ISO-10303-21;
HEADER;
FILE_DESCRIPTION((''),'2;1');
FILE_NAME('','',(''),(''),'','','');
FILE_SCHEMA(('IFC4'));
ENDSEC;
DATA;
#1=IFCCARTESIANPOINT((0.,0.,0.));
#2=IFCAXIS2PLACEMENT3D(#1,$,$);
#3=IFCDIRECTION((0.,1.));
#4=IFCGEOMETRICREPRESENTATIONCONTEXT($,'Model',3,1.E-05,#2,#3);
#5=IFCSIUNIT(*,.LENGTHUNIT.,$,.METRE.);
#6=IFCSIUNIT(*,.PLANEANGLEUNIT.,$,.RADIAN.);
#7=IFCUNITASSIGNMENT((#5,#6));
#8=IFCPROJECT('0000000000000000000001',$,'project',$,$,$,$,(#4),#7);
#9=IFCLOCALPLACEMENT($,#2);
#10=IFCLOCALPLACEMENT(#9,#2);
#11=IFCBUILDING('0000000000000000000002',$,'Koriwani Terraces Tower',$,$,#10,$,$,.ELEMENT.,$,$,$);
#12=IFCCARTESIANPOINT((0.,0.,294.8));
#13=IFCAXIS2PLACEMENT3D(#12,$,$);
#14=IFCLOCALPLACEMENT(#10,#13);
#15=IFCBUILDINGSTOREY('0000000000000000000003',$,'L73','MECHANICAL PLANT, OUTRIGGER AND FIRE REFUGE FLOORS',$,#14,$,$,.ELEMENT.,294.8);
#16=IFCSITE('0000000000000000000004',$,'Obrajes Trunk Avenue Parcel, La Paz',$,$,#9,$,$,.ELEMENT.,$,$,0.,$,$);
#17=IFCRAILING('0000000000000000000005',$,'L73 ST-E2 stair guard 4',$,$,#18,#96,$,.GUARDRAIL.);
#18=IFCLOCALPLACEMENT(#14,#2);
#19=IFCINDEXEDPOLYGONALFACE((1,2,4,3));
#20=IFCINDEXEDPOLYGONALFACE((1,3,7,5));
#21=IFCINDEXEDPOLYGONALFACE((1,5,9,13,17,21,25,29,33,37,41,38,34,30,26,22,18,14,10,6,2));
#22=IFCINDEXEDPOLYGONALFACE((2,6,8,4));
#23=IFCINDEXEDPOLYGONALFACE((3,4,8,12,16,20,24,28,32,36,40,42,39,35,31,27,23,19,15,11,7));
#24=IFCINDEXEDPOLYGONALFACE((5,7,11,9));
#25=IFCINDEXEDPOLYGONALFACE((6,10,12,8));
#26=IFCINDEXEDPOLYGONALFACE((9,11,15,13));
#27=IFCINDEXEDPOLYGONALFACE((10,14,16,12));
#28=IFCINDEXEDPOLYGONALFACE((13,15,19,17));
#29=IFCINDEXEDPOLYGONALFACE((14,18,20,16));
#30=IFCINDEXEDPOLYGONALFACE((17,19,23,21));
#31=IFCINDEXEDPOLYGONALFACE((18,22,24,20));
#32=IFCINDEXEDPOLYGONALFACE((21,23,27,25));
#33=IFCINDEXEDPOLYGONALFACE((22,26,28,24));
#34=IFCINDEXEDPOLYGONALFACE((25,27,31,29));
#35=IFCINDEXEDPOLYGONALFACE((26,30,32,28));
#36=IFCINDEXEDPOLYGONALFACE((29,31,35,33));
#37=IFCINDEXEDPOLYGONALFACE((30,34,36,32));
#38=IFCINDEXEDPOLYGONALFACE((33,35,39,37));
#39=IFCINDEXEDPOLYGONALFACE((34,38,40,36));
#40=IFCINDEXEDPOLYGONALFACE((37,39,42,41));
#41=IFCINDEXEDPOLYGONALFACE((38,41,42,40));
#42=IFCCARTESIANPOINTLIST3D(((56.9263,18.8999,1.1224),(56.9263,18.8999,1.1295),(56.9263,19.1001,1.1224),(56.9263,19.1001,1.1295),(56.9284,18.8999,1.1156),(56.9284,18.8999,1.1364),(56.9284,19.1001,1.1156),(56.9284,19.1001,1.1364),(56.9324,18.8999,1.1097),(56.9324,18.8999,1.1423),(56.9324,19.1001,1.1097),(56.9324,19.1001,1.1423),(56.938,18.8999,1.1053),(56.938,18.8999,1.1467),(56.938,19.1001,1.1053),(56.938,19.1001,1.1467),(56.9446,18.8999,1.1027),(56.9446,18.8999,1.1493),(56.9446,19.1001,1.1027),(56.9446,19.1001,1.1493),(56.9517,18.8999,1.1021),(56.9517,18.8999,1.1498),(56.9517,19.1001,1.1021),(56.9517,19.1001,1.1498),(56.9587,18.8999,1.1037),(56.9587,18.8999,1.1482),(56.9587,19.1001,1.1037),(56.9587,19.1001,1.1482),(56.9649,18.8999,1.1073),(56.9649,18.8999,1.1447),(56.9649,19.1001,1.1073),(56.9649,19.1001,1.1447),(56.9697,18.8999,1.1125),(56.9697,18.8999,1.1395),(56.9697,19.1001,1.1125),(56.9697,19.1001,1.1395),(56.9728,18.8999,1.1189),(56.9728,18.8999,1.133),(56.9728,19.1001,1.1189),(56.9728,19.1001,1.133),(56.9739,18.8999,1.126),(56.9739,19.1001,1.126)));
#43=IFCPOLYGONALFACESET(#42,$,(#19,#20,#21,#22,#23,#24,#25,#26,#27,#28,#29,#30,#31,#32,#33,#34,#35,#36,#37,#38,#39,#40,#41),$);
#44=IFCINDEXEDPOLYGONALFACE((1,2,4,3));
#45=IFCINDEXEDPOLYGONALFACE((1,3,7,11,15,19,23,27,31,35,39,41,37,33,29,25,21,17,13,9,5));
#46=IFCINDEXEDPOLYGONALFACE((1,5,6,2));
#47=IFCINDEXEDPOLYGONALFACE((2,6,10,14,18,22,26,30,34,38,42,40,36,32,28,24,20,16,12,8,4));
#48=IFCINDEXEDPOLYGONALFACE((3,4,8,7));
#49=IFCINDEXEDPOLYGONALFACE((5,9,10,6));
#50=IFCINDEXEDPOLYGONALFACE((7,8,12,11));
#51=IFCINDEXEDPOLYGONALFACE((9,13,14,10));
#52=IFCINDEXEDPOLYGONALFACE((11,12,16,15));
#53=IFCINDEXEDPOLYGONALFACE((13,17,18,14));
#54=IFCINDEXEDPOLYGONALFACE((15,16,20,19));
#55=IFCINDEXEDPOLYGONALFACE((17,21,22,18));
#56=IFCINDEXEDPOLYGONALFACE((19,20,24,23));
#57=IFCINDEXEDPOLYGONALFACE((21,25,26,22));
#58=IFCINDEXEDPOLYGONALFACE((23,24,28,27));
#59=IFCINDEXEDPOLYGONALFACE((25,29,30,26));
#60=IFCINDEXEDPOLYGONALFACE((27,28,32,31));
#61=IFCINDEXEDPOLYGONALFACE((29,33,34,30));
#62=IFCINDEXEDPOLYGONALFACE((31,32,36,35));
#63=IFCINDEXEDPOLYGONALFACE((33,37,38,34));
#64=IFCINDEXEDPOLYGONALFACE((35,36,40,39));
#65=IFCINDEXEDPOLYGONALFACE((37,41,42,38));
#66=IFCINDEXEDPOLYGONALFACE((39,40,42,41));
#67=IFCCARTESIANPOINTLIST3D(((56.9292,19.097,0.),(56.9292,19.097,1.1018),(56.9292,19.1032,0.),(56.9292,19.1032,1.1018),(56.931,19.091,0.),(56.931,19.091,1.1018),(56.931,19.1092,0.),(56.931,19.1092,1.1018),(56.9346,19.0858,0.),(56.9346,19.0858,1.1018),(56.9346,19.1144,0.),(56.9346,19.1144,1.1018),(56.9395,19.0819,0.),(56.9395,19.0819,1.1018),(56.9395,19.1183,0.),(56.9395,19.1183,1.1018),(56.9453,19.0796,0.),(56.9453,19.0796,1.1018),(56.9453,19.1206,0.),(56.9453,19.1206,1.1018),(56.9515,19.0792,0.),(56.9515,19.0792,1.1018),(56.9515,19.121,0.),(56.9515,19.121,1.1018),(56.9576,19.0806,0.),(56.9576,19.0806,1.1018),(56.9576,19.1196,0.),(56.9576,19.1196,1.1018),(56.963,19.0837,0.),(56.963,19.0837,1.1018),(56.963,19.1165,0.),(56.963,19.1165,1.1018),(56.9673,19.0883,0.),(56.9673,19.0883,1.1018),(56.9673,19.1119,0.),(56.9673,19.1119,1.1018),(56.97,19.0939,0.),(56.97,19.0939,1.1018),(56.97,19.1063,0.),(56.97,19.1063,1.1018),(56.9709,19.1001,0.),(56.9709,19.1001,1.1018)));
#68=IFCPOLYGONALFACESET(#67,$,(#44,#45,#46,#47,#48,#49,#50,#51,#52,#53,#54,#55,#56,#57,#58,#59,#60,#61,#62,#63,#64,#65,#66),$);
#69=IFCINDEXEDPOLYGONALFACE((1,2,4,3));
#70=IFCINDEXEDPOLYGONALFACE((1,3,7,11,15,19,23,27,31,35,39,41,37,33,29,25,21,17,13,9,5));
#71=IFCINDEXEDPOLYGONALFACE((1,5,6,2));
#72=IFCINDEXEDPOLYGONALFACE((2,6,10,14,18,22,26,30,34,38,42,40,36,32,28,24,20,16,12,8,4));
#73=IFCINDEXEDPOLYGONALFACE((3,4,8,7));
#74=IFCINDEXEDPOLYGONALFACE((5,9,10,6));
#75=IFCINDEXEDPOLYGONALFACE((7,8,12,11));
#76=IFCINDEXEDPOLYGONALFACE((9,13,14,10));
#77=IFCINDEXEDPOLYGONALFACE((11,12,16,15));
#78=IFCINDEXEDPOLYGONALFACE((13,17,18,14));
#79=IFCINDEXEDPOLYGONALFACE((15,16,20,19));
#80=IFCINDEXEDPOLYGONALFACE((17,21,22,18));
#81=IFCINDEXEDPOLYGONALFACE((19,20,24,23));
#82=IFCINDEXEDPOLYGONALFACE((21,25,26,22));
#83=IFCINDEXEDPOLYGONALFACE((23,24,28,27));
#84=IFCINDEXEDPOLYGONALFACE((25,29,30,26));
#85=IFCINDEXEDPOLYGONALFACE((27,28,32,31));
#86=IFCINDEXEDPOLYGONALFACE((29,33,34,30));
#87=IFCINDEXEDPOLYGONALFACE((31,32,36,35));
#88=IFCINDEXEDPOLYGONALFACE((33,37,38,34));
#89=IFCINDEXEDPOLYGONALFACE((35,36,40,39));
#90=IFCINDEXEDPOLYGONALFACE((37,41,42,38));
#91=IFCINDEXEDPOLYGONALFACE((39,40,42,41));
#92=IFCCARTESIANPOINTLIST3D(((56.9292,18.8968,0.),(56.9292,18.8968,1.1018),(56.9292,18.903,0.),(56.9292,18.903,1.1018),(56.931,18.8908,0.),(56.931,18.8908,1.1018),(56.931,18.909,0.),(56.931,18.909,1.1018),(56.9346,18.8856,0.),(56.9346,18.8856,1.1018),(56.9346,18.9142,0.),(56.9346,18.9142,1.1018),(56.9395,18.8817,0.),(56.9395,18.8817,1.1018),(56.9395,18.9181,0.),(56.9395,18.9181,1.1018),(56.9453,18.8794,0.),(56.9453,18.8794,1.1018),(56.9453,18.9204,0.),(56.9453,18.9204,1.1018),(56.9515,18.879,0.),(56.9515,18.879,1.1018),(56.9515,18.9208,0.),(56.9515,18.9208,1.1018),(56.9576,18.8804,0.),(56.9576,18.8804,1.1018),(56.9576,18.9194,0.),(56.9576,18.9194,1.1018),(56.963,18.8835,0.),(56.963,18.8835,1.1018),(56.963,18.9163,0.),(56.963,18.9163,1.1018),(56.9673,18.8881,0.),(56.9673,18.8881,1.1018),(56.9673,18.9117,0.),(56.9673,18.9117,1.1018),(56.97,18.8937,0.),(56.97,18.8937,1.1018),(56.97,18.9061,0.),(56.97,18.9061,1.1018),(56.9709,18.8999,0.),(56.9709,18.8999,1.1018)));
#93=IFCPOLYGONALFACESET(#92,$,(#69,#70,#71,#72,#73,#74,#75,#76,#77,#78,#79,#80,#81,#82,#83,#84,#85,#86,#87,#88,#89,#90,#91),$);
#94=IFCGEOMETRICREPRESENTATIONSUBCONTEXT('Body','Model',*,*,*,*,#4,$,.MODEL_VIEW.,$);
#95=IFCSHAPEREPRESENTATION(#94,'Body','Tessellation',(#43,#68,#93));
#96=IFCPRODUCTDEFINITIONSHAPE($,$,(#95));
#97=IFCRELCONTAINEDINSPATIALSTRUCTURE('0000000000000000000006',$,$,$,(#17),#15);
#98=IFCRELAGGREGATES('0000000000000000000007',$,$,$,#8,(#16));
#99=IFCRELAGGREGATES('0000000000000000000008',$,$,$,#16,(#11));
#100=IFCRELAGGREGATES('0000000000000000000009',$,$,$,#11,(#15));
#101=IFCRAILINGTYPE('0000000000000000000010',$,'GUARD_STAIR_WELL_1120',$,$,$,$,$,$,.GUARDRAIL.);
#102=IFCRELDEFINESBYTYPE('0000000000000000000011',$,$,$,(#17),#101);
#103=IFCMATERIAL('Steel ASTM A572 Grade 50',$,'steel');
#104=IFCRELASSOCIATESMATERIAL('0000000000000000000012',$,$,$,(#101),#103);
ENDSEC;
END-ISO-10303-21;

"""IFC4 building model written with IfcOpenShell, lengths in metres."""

from ifc_helpers import new_model, si_unit, direction, frame, origin, origin_2d, place, context, subcontext, project, spatial, circle, extrude, material, type_object, element, save


model = new_model("IFC4")

# Units and contexts
model_context = context("Model", 3, precision=1e-05, world=origin(), true_north=direction((0.0, 1.0)))
body_context = subcontext(model_context, "Body", "Model", "MODEL_VIEW")
ifc_project = project(units=[si_unit("LENGTHUNIT", "METRE"), si_unit("PLANEANGLEUNIT", "RADIAN")], contexts=[model_context])

# Site, building, storey
site_placement = place(None, origin())
site = spatial("IfcSite", under=ifc_project, at=site_placement, Name="Obrajes Trunk Avenue Parcel, La Paz", CompositionType="ELEMENT", RefElevation=0.0)
building_placement = place(site_placement, origin())
building = spatial("IfcBuilding", under=site, at=building_placement, Name="Koriwani Terraces Tower", CompositionType="ELEMENT")
storey_placement = place(building_placement, frame((0.0, 0.0, 294.8)))
storey = spatial("IfcBuildingStorey", under=building, at=storey_placement, Name="L73", Description="MECHANICAL PLANT, OUTRIGGER AND FIRE REFUGE FLOORS", CompositionType="ELEMENT", Elevation=294.8)

# Shared definitions
ifc_material_1 = material(Name="Steel ASTM A572 Grade 50", Category="steel")

# Railing
railing_type_1 = type_object("IfcRailingType", Name="GUARD_STAIR_WELL_1120", PredefinedType="GUARDRAIL", material=ifc_material_1)
railing_1_placement = place(storey_placement, frame((56.95, 19.1001, 0.0)))
element("IfcRailing", 1, at=railing_1_placement, inside=storey, type_object=railing_type_1, Name="L73 ST-E2 stair guard 4", PredefinedType="GUARDRAIL", context=body_context, shape_type="SweptSolid", body=[
    extrude(circle(Radius=0.0239, at=origin_2d()), frame((0.0, 0.0, 1.126), z_axis=(0.0, -1.0, 0.0), x_axis=(1.0, 0.0, 0.0)), (0.0, 0.0, 1.0), 0.2002),
    extrude(circle(Radius=0.021, at=origin_2d()), origin(), (0.0, 0.0, 1.0), 1.1018),
    extrude(circle(Radius=0.021, at=origin_2d()), frame((0.0, -0.2002, 0.0)), (0.0, 0.0, 1.0), 1.1018),
])

save(model, "model.ifc")
